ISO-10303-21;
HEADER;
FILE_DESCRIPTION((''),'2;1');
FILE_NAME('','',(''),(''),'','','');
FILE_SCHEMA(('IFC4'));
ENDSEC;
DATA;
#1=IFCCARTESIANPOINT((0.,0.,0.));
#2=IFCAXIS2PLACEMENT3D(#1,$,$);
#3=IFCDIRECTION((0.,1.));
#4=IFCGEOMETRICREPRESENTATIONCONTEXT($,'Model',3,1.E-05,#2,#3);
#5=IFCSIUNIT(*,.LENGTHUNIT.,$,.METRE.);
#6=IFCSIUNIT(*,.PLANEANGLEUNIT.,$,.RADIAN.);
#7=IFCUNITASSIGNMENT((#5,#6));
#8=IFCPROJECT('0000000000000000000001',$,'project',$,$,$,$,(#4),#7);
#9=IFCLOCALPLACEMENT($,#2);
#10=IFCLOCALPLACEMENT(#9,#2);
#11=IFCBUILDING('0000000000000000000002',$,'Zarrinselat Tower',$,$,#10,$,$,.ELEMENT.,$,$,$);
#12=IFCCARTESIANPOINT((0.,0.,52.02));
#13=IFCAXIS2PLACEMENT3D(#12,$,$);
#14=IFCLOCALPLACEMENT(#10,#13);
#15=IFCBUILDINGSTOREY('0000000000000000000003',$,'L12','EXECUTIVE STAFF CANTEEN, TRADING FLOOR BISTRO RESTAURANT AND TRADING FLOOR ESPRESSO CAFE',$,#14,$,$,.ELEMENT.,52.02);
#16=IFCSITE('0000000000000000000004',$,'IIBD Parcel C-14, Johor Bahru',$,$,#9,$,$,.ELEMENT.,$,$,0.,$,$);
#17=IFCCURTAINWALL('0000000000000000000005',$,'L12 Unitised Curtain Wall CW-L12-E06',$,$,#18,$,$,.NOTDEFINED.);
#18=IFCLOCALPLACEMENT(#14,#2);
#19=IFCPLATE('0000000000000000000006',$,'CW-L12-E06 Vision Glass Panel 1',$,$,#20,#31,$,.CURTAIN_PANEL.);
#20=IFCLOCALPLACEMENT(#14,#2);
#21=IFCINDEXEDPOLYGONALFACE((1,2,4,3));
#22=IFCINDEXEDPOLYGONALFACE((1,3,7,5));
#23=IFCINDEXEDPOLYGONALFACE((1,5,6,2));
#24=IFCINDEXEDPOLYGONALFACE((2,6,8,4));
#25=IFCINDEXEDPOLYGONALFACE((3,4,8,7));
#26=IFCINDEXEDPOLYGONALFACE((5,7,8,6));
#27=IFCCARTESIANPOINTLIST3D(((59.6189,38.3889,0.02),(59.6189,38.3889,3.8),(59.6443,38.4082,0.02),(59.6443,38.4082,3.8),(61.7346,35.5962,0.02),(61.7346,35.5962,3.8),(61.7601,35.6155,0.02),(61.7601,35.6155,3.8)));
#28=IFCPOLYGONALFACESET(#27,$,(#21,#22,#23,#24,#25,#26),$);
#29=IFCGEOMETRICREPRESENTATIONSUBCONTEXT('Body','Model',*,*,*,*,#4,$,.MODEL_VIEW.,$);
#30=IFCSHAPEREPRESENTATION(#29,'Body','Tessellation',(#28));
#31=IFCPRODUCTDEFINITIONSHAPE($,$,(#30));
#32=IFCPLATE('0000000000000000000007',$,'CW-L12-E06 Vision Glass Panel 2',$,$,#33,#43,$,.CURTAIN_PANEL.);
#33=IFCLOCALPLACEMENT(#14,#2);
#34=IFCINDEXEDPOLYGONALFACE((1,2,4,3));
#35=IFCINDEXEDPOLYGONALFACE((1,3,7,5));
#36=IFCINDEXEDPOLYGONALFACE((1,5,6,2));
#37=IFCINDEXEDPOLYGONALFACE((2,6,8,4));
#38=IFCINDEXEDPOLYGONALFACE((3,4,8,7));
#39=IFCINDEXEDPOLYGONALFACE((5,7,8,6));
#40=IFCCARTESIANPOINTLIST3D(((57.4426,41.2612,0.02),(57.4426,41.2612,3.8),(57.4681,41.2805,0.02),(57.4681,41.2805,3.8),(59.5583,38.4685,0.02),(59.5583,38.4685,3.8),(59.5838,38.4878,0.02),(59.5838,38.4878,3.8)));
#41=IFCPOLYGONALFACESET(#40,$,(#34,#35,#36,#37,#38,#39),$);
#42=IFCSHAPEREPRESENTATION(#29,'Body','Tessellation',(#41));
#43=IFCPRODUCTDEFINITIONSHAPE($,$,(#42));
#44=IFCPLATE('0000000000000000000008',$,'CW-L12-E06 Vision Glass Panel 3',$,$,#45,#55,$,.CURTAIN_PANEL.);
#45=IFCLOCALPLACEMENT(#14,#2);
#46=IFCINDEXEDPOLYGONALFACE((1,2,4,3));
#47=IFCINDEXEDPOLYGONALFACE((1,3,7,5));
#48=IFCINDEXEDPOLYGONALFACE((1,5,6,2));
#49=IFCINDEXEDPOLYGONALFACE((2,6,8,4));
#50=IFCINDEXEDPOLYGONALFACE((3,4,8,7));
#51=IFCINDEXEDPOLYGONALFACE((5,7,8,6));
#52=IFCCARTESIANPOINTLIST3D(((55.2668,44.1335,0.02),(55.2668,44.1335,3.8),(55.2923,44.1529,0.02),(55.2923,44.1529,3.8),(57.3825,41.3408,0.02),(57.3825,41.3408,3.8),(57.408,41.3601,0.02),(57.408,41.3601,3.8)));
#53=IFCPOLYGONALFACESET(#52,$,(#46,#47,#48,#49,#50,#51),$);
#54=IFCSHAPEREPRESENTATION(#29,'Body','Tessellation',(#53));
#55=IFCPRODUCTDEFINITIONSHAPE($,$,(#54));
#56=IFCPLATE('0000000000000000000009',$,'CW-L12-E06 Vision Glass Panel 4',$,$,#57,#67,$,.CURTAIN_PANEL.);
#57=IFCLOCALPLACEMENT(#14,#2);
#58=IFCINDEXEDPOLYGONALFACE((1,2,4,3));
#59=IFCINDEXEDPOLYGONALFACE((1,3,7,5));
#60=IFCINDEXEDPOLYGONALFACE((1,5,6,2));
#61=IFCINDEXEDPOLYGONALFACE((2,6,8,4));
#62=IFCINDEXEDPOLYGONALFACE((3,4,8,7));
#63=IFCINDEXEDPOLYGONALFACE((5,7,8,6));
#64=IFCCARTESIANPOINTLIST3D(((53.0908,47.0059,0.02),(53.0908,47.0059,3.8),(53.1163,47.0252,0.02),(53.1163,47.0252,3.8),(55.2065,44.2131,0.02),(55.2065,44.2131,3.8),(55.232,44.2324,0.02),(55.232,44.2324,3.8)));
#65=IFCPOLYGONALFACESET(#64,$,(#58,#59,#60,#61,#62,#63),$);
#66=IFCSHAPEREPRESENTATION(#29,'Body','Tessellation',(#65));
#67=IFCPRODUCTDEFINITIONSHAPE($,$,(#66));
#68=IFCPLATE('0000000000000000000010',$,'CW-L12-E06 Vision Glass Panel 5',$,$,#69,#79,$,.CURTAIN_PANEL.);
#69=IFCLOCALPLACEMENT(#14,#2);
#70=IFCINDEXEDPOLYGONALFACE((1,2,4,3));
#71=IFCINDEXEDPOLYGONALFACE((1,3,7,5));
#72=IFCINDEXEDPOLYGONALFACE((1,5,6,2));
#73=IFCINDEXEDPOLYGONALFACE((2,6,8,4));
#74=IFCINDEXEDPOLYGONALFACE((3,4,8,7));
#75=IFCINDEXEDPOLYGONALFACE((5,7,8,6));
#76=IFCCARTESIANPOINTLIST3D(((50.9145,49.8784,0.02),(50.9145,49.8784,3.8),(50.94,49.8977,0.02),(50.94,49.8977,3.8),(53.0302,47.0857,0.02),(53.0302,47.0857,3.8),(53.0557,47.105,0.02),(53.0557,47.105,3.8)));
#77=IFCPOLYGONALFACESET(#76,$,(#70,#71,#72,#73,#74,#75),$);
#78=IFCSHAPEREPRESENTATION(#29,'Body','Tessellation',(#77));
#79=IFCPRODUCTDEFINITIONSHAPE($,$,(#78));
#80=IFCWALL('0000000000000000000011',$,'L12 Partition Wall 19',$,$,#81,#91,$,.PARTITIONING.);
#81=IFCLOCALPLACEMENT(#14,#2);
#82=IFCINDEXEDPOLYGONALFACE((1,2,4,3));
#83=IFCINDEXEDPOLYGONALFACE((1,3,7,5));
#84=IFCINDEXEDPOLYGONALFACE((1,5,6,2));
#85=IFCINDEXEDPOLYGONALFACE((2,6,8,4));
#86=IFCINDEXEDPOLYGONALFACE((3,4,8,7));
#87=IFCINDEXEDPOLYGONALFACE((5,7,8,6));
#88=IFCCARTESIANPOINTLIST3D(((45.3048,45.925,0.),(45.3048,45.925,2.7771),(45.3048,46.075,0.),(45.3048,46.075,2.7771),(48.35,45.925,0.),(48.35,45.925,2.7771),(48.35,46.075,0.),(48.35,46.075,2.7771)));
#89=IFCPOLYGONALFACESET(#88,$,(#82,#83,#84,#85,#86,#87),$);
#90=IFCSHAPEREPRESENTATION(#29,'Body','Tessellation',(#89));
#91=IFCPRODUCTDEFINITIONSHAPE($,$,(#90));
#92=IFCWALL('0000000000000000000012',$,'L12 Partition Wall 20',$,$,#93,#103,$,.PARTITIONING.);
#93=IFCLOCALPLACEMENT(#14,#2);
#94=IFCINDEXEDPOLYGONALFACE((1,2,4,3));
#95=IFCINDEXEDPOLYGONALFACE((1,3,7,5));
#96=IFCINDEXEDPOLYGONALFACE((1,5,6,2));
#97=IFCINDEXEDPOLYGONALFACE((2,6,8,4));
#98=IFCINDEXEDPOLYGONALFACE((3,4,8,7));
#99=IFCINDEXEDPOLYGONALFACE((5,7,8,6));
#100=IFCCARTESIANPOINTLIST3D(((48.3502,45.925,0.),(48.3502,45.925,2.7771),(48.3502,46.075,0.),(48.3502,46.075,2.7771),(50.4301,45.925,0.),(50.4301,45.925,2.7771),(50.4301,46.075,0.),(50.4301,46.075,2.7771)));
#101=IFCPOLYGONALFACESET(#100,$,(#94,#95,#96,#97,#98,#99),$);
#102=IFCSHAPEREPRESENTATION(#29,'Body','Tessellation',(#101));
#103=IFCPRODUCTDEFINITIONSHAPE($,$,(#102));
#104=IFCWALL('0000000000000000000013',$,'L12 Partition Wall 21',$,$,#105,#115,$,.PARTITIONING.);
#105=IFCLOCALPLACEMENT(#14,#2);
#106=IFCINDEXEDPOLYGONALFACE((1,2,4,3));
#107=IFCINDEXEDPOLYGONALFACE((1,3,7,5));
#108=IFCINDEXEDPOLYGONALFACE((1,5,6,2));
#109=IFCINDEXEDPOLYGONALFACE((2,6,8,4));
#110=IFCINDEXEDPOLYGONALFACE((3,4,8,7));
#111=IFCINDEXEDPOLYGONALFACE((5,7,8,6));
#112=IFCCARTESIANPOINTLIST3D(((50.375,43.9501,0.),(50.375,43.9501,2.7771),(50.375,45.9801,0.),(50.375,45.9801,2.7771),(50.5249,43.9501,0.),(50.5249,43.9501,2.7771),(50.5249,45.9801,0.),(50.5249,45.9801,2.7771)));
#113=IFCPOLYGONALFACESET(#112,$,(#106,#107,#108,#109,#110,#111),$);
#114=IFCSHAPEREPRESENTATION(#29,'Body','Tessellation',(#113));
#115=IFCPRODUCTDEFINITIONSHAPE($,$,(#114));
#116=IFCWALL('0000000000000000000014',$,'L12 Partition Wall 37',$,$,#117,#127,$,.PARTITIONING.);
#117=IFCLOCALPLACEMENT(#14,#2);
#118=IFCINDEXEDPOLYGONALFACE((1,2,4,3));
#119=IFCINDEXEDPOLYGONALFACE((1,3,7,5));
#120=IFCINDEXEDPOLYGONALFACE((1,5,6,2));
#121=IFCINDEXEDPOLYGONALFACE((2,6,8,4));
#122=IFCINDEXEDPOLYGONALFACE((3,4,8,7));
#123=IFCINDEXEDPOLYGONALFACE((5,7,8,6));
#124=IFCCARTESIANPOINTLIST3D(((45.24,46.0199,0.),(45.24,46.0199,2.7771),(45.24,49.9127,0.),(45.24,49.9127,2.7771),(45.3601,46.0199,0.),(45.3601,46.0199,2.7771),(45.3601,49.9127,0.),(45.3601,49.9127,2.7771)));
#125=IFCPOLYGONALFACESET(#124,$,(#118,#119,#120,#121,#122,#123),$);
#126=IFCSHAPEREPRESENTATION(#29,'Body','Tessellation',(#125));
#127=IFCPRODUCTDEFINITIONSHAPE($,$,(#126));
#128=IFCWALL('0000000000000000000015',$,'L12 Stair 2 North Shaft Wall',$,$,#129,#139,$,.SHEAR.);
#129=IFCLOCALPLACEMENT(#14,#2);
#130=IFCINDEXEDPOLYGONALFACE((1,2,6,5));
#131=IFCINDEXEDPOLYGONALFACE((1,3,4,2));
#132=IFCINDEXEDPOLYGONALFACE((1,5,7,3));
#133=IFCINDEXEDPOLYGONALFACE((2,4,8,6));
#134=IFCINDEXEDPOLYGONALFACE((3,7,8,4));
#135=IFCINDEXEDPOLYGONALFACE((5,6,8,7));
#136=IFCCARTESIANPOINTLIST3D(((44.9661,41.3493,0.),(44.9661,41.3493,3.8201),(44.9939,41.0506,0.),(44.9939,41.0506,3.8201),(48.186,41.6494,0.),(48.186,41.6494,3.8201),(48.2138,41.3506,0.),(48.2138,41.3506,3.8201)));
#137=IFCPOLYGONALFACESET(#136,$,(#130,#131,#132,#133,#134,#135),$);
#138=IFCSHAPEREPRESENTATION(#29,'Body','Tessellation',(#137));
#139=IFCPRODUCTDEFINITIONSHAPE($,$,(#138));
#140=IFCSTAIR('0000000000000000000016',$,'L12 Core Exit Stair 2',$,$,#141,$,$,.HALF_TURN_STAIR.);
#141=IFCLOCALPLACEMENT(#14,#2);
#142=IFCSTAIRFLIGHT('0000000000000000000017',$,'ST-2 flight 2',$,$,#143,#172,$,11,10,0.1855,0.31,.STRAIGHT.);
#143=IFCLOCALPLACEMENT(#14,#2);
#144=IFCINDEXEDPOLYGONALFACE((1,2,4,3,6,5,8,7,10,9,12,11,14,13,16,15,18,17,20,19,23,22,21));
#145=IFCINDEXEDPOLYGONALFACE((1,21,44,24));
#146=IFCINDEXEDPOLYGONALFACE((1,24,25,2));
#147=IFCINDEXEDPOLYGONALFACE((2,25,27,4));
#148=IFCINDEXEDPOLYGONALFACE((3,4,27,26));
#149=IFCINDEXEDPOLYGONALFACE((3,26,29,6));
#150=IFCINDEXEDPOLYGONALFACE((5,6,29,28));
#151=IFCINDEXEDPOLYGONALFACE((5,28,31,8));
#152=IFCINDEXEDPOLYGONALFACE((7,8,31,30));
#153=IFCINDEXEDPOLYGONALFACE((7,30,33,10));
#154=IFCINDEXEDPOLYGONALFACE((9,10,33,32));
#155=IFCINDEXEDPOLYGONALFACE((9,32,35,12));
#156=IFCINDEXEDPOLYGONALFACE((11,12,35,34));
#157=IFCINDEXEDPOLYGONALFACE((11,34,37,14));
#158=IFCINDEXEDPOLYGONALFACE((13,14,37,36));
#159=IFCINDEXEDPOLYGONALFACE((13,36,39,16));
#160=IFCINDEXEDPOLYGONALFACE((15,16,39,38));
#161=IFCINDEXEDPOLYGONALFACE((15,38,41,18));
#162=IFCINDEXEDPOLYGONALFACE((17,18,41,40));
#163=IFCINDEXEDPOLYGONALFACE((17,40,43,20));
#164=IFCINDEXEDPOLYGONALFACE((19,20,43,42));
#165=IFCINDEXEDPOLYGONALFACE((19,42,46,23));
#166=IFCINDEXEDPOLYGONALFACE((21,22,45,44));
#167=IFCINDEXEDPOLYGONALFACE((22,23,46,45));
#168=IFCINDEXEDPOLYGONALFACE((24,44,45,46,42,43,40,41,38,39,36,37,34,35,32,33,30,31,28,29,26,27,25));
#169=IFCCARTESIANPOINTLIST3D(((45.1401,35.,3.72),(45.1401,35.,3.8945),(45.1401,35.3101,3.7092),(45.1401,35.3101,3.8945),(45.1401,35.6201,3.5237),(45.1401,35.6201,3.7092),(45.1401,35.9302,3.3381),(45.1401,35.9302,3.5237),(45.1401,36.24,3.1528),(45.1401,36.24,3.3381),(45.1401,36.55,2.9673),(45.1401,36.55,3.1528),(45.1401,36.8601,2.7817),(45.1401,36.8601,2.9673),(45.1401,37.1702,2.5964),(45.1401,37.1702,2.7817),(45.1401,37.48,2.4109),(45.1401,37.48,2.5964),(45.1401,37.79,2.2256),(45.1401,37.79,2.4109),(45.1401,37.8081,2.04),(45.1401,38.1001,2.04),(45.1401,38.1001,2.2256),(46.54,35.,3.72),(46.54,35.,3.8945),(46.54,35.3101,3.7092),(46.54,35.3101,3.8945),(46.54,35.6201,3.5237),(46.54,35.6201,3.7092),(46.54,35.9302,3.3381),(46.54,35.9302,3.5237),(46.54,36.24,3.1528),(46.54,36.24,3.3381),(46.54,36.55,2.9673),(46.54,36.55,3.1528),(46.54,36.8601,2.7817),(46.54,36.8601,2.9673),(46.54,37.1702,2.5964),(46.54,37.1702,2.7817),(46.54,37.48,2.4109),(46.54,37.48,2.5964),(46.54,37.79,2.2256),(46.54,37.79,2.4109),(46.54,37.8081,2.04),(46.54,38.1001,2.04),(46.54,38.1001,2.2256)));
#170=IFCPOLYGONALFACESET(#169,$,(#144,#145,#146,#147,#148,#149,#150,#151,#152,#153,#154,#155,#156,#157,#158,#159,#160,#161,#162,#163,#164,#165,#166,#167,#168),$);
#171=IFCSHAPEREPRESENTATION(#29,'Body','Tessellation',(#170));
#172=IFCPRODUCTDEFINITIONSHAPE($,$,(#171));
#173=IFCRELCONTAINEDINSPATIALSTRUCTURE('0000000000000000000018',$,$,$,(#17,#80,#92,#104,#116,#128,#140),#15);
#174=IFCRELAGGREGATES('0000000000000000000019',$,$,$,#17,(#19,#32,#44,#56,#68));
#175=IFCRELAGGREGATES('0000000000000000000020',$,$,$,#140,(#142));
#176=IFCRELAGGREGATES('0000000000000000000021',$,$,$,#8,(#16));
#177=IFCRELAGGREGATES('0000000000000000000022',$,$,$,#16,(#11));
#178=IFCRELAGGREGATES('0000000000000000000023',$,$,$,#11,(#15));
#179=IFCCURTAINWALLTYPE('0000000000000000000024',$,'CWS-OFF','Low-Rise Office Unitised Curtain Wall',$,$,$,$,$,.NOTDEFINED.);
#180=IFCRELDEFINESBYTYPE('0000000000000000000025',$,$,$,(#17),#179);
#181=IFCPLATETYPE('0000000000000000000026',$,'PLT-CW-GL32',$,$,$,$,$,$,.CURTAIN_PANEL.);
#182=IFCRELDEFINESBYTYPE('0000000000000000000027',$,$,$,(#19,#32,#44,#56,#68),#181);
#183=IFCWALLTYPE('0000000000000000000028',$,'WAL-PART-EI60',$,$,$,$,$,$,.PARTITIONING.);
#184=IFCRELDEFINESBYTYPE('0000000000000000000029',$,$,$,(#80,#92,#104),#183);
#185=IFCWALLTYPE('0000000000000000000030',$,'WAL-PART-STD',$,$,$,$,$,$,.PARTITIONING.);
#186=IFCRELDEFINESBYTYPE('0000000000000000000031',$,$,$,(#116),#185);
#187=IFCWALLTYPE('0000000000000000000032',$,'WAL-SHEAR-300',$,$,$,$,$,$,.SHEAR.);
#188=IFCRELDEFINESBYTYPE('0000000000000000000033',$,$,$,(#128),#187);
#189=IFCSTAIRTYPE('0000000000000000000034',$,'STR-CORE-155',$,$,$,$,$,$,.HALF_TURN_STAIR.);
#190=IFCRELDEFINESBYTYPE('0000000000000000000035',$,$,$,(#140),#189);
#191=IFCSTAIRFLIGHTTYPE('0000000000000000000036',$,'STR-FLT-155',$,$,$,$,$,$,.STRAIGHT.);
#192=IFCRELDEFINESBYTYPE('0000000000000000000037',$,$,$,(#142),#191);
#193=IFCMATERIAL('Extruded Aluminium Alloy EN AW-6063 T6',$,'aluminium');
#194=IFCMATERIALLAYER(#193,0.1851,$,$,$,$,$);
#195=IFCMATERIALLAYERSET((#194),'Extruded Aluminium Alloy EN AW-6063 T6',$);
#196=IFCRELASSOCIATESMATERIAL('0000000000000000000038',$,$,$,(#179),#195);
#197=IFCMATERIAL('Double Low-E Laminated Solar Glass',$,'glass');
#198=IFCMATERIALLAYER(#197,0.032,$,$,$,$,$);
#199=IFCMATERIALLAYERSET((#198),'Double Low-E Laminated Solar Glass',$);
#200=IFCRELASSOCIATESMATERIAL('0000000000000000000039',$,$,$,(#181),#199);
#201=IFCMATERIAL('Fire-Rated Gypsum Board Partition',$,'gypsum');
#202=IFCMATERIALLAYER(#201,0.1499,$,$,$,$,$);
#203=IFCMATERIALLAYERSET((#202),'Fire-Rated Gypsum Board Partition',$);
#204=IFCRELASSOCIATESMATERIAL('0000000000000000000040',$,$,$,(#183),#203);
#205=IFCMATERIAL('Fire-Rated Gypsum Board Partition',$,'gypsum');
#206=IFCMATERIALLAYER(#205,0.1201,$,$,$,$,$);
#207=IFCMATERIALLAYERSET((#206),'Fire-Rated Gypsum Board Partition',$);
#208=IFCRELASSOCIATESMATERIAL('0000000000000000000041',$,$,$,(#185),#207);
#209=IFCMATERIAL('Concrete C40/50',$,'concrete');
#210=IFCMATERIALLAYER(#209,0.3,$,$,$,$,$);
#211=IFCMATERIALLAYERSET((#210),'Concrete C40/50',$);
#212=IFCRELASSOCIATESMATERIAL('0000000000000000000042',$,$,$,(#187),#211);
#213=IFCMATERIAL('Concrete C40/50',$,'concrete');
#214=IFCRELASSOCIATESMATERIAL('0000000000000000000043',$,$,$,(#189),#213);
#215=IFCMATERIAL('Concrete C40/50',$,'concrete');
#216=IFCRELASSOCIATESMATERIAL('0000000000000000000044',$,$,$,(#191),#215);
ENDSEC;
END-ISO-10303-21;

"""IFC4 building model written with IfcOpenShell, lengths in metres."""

from ifc_helpers import new_model, si_unit, direction, frame, frame_2d, origin, origin_2d, place, context, subcontext, project, spatial, polyline, rectangle, outline, extrude, material, layer, layer_set, type_object, element, aggregate, save


model = new_model("IFC4")

# Units and contexts
model_context = context("Model", 3, precision=1e-05, world=origin(), true_north=direction((0.0, 1.0)))
body_context = subcontext(model_context, "Body", "Model", "MODEL_VIEW")
ifc_project = project(units=[si_unit("LENGTHUNIT", "METRE"), si_unit("PLANEANGLEUNIT", "RADIAN")], contexts=[model_context])

# Site, building, storey
site_placement = place(None, origin())
site = spatial("IfcSite", under=ifc_project, at=site_placement, Name="IIBD Parcel C-14, Johor Bahru", CompositionType="ELEMENT", RefElevation=0.0)
building_placement = place(site_placement, origin())
building = spatial("IfcBuilding", under=site, at=building_placement, Name="Zarrinselat Tower", CompositionType="ELEMENT")
storey_placement = place(building_placement, frame((0.0, 0.0, 52.02)))
storey = spatial("IfcBuildingStorey", under=building, at=storey_placement, Name="L12", Description="EXECUTIVE STAFF CANTEEN, TRADING FLOOR BISTRO RESTAURANT AND TRADING FLOOR ESPRESSO CAFE", CompositionType="ELEMENT", Elevation=52.02)

# Curtain wall
ifc_material_1 = material(Name="Extruded Aluminium Alloy EN AW-6063 T6", Category="aluminium")
ifc_layer_1 = layer(ifc_material_1, 0.1851)
ifc_layer_set_1 = layer_set([ifc_layer_1], Name="Extruded Aluminium Alloy EN AW-6063 T6")
curtain_wall_type = type_object("IfcCurtainWallType", Name="CWS-OFF", Description="Low-Rise Office Unitised Curtain Wall", PredefinedType="NOTDEFINED", material=ifc_layer_set_1)
curtain_wall_1_placement = place(storey_placement, origin())
curtain_wall_1 = element("IfcCurtainWall", 1, at=curtain_wall_1_placement, inside=storey, type_object=curtain_wall_type, Name="L12 Unitised Curtain Wall CW-L12-E06", PredefinedType="NOTDEFINED")

# Plates
ifc_material_2 = material(Name="Double Low-E Laminated Solar Glass", Category="glass")
ifc_layer_2 = layer(ifc_material_2, 0.032)
ifc_layer_set_2 = layer_set([ifc_layer_2], Name="Double Low-E Laminated Solar Glass")
plate_type = type_object("IfcPlateType", Name="PLT-CW-GL32", PredefinedType="CURTAIN_PANEL", material=ifc_layer_set_2)
plate_1_placement = place(storey_placement, frame((60.6895, 37.0022, 0.02), z_axis=(0.0, 0.0, 1.0), x_axis=(-0.603857, 0.797093, 0.0)))
plate_1 = element("IfcPlate", 2, at=plate_1_placement, type_object=plate_type, Name="CW-L12-E06 Vision Glass Panel 1", PredefinedType="CURTAIN_PANEL", context=body_context, shape_type="SweptSolid", body=[
    extrude(rectangle(XDim=3.5037, YDim=0.032, at=origin_2d()), origin(), (0.0, 0.0, 1.0), 3.78),
])
plate_2_placement = place(storey_placement, frame((58.5132, 39.8745, 0.02), z_axis=(0.0, 0.0, 1.0), x_axis=(-0.603857, 0.797093, 0.0)))
plate_2 = element("IfcPlate", 3, at=plate_2_placement, type_object=plate_type, Name="CW-L12-E06 Vision Glass Panel 2", PredefinedType="CURTAIN_PANEL", context=body_context, shape_type="SweptSolid", body=[
    extrude(rectangle(XDim=3.5037, YDim=0.032, at=origin_2d()), origin(), (0.0, 0.0, 1.0), 3.78),
])
plate_3_placement = place(storey_placement, frame((56.3374, 42.7468, 0.02), z_axis=(0.0, 0.0, 1.0), x_axis=(-0.603857, 0.797093, 0.0)))
plate_3 = element("IfcPlate", 4, at=plate_3_placement, type_object=plate_type, Name="CW-L12-E06 Vision Glass Panel 3", PredefinedType="CURTAIN_PANEL", context=body_context, shape_type="SweptSolid", body=[
    extrude(rectangle(XDim=3.5037, YDim=0.032, at=origin_2d()), origin(), (0.0, 0.0, 1.0), 3.78),
])
plate_4_placement = place(storey_placement, frame((54.1614, 45.6191, 0.02), z_axis=(0.0, 0.0, 1.0), x_axis=(-0.603857, 0.797093, 0.0)))
plate_4 = element("IfcPlate", 5, at=plate_4_placement, type_object=plate_type, Name="CW-L12-E06 Vision Glass Panel 4", PredefinedType="CURTAIN_PANEL", context=body_context, shape_type="SweptSolid", body=[
    extrude(rectangle(XDim=3.5037, YDim=0.032, at=origin_2d()), origin(), (0.0, 0.0, 1.0), 3.78),
])
plate_5_placement = place(storey_placement, frame((51.9851, 48.4917, 0.02), z_axis=(0.0, 0.0, 1.0), x_axis=(-0.603857, 0.797093, 0.0)))
plate_5 = element("IfcPlate", 6, at=plate_5_placement, type_object=plate_type, Name="CW-L12-E06 Vision Glass Panel 5", PredefinedType="CURTAIN_PANEL", context=body_context, shape_type="SweptSolid", body=[
    extrude(rectangle(XDim=3.5037, YDim=0.032, at=origin_2d()), origin(), (0.0, 0.0, 1.0), 3.78),
])
aggregate(curtain_wall_1, [plate_1, plate_2, plate_3, plate_4, plate_5])

# Walls
ifc_material_3 = material(Name="Fire-Rated Gypsum Board Partition", Category="gypsum")
ifc_layer_3 = layer(ifc_material_3, 0.1499)
ifc_layer_set_3 = layer_set([ifc_layer_3], Name="Fire-Rated Gypsum Board Partition")
wall_type_1 = type_object("IfcWallType", Name="WAL-PART-EI60", PredefinedType="PARTITIONING", material=ifc_layer_set_3)
wall_1_placement = place(storey_placement, frame((45.3049, 46.0, 0.0), z_axis=(0.0, 0.0, 1.0), x_axis=(1.0, 0.0, 0.0)))
element("IfcWall", 7, at=wall_1_placement, inside=storey, type_object=wall_type_1, Name="L12 Partition Wall 19", PredefinedType="PARTITIONING", context=body_context, shape_type="SweptSolid", body=[
    extrude(rectangle(XDim=3.0452, YDim=0.1499, at=frame_2d((1.5225, 0.0))), origin(), (0.0, 0.0, 1.0), 2.7771),
])
wall_2_placement = place(storey_placement, frame((48.3501, 46.0, 0.0), z_axis=(0.0, 0.0, 1.0), x_axis=(1.0, 0.0, 0.0)))
element("IfcWall", 8, at=wall_2_placement, inside=storey, type_object=wall_type_1, Name="L12 Partition Wall 20", PredefinedType="PARTITIONING", context=body_context, shape_type="SweptSolid", body=[
    extrude(rectangle(XDim=2.0798, YDim=0.1499, at=frame_2d((1.04, 0.0))), origin(), (0.0, 0.0, 1.0), 2.7771),
])
wall_3_placement = place(storey_placement, frame((50.45, 43.95, 0.0), z_axis=(0.0, 0.0, 1.0), x_axis=(0.0, 1.0, 0.0)))
element("IfcWall", 9, at=wall_3_placement, inside=storey, type_object=wall_type_1, Name="L12 Partition Wall 21", PredefinedType="PARTITIONING", context=body_context, shape_type="SweptSolid", body=[
    extrude(rectangle(XDim=2.03, YDim=0.1499, at=frame_2d((1.0151, 0.0))), origin(), (0.0, 0.0, 1.0), 2.7771),
])
ifc_material_4 = material(Name="Fire-Rated Gypsum Board Partition", Category="gypsum")
ifc_layer_4 = layer(ifc_material_4, 0.1201)
ifc_layer_set_4 = layer_set([ifc_layer_4], Name="Fire-Rated Gypsum Board Partition")
wall_type_2 = type_object("IfcWallType", Name="WAL-PART-STD", PredefinedType="PARTITIONING", material=ifc_layer_set_4)
wall_4_placement = place(storey_placement, frame((45.3, 46.02, 0.0), z_axis=(0.0, 0.0, 1.0), x_axis=(0.0, 1.0, 0.0)))
element("IfcWall", 10, at=wall_4_placement, inside=storey, type_object=wall_type_2, Name="L12 Partition Wall 37", PredefinedType="PARTITIONING", context=body_context, shape_type="SweptSolid", body=[
    extrude(rectangle(XDim=3.8928, YDim=0.1201, at=frame_2d((1.9463, 0.0))), origin(), (0.0, 0.0, 1.0), 2.7771),
])
ifc_material_5 = material(Name="Concrete C40/50", Category="concrete")
ifc_layer_5 = layer(ifc_material_5, 0.3)
ifc_layer_set_5 = layer_set([ifc_layer_5], Name="Concrete C40/50")
wall_type_3 = type_object("IfcWallType", Name="WAL-SHEAR-300", PredefinedType="SHEAR", material=ifc_layer_set_5)
wall_5_placement = place(storey_placement, frame((44.98, 41.2, 0.0), z_axis=(0.0, 0.0, 1.0), x_axis=(0.995686, 0.092782, 0.0)))
element("IfcWall", 11, at=wall_5_placement, inside=storey, type_object=wall_type_3, Name="L12 Stair 2 North Shaft Wall", PredefinedType="SHEAR", context=body_context, shape_type="SweptSolid", body=[
    extrude(rectangle(XDim=3.2339, YDim=0.3, at=frame_2d((1.6169, 0.0))), origin(), (0.0, 0.0, 1.0), 3.8201),
])

# Stair, stair flight
ifc_material_6 = material(Name="Concrete C40/50", Category="concrete")
stair_type = type_object("IfcStairType", Name="STR-CORE-155", PredefinedType="HALF_TURN_STAIR", material=ifc_material_6)
stair_placement = place(storey_placement, origin())
stair = element("IfcStair", 12, at=stair_placement, inside=storey, type_object=stair_type, Name="L12 Core Exit Stair 2", PredefinedType="HALF_TURN_STAIR")
ifc_material_7 = material(Name="Concrete C40/50", Category="concrete")
stair_flight_type = type_object("IfcStairFlightType", Name="STR-FLT-155", PredefinedType="STRAIGHT", material=ifc_material_7)
stair_flight_placement = place(storey_placement, frame((45.8401, 38.1001, 2.04), z_axis=(0.0, 0.0, 1.0), x_axis=(0.0, -1.0, 0.0)))
stair_flight = element("IfcStairFlight", 13, at=stair_flight_placement, type_object=stair_flight_type, Name="ST-2 flight 2", NumberOfRisers=11, NumberOfTreads=10, PredefinedType="STRAIGHT", RiserHeight=0.1855, TreadLength=0.31, context=body_context, shape_type="SweptSolid", body=[
    extrude(outline(polyline([(0.0, 0.0), (0.0, 0.1855), (0.3101, 0.1855), (0.3101, 0.3708), (0.6201, 0.3708), (0.6201, 0.5564), (0.9299, 0.5564), (0.9299, 0.7417), (1.24, 0.7417), (1.24, 0.9272), (1.55, 0.9272), (1.55, 1.1128), (1.8601, 1.1128), (1.8601, 1.2981), (2.1699, 1.2981), (2.1699, 1.4836), (2.48, 1.4836), (2.48, 1.6692), (2.79, 1.6692), (2.79, 1.8545), (3.1001, 1.8545), (3.1001, 2.04), (3.1001, 1.6799), (0.292, 0.0), (0.0, 0.0)])), frame((0.0, 0.7, 0.0), z_axis=(0.0, -1.0, 0.0), x_axis=(1.0, 0.0, 0.0)), (0.0, 0.0, 1.0), 1.3999),
])
aggregate(stair, [stair_flight])

save(model, "model.ifc")
